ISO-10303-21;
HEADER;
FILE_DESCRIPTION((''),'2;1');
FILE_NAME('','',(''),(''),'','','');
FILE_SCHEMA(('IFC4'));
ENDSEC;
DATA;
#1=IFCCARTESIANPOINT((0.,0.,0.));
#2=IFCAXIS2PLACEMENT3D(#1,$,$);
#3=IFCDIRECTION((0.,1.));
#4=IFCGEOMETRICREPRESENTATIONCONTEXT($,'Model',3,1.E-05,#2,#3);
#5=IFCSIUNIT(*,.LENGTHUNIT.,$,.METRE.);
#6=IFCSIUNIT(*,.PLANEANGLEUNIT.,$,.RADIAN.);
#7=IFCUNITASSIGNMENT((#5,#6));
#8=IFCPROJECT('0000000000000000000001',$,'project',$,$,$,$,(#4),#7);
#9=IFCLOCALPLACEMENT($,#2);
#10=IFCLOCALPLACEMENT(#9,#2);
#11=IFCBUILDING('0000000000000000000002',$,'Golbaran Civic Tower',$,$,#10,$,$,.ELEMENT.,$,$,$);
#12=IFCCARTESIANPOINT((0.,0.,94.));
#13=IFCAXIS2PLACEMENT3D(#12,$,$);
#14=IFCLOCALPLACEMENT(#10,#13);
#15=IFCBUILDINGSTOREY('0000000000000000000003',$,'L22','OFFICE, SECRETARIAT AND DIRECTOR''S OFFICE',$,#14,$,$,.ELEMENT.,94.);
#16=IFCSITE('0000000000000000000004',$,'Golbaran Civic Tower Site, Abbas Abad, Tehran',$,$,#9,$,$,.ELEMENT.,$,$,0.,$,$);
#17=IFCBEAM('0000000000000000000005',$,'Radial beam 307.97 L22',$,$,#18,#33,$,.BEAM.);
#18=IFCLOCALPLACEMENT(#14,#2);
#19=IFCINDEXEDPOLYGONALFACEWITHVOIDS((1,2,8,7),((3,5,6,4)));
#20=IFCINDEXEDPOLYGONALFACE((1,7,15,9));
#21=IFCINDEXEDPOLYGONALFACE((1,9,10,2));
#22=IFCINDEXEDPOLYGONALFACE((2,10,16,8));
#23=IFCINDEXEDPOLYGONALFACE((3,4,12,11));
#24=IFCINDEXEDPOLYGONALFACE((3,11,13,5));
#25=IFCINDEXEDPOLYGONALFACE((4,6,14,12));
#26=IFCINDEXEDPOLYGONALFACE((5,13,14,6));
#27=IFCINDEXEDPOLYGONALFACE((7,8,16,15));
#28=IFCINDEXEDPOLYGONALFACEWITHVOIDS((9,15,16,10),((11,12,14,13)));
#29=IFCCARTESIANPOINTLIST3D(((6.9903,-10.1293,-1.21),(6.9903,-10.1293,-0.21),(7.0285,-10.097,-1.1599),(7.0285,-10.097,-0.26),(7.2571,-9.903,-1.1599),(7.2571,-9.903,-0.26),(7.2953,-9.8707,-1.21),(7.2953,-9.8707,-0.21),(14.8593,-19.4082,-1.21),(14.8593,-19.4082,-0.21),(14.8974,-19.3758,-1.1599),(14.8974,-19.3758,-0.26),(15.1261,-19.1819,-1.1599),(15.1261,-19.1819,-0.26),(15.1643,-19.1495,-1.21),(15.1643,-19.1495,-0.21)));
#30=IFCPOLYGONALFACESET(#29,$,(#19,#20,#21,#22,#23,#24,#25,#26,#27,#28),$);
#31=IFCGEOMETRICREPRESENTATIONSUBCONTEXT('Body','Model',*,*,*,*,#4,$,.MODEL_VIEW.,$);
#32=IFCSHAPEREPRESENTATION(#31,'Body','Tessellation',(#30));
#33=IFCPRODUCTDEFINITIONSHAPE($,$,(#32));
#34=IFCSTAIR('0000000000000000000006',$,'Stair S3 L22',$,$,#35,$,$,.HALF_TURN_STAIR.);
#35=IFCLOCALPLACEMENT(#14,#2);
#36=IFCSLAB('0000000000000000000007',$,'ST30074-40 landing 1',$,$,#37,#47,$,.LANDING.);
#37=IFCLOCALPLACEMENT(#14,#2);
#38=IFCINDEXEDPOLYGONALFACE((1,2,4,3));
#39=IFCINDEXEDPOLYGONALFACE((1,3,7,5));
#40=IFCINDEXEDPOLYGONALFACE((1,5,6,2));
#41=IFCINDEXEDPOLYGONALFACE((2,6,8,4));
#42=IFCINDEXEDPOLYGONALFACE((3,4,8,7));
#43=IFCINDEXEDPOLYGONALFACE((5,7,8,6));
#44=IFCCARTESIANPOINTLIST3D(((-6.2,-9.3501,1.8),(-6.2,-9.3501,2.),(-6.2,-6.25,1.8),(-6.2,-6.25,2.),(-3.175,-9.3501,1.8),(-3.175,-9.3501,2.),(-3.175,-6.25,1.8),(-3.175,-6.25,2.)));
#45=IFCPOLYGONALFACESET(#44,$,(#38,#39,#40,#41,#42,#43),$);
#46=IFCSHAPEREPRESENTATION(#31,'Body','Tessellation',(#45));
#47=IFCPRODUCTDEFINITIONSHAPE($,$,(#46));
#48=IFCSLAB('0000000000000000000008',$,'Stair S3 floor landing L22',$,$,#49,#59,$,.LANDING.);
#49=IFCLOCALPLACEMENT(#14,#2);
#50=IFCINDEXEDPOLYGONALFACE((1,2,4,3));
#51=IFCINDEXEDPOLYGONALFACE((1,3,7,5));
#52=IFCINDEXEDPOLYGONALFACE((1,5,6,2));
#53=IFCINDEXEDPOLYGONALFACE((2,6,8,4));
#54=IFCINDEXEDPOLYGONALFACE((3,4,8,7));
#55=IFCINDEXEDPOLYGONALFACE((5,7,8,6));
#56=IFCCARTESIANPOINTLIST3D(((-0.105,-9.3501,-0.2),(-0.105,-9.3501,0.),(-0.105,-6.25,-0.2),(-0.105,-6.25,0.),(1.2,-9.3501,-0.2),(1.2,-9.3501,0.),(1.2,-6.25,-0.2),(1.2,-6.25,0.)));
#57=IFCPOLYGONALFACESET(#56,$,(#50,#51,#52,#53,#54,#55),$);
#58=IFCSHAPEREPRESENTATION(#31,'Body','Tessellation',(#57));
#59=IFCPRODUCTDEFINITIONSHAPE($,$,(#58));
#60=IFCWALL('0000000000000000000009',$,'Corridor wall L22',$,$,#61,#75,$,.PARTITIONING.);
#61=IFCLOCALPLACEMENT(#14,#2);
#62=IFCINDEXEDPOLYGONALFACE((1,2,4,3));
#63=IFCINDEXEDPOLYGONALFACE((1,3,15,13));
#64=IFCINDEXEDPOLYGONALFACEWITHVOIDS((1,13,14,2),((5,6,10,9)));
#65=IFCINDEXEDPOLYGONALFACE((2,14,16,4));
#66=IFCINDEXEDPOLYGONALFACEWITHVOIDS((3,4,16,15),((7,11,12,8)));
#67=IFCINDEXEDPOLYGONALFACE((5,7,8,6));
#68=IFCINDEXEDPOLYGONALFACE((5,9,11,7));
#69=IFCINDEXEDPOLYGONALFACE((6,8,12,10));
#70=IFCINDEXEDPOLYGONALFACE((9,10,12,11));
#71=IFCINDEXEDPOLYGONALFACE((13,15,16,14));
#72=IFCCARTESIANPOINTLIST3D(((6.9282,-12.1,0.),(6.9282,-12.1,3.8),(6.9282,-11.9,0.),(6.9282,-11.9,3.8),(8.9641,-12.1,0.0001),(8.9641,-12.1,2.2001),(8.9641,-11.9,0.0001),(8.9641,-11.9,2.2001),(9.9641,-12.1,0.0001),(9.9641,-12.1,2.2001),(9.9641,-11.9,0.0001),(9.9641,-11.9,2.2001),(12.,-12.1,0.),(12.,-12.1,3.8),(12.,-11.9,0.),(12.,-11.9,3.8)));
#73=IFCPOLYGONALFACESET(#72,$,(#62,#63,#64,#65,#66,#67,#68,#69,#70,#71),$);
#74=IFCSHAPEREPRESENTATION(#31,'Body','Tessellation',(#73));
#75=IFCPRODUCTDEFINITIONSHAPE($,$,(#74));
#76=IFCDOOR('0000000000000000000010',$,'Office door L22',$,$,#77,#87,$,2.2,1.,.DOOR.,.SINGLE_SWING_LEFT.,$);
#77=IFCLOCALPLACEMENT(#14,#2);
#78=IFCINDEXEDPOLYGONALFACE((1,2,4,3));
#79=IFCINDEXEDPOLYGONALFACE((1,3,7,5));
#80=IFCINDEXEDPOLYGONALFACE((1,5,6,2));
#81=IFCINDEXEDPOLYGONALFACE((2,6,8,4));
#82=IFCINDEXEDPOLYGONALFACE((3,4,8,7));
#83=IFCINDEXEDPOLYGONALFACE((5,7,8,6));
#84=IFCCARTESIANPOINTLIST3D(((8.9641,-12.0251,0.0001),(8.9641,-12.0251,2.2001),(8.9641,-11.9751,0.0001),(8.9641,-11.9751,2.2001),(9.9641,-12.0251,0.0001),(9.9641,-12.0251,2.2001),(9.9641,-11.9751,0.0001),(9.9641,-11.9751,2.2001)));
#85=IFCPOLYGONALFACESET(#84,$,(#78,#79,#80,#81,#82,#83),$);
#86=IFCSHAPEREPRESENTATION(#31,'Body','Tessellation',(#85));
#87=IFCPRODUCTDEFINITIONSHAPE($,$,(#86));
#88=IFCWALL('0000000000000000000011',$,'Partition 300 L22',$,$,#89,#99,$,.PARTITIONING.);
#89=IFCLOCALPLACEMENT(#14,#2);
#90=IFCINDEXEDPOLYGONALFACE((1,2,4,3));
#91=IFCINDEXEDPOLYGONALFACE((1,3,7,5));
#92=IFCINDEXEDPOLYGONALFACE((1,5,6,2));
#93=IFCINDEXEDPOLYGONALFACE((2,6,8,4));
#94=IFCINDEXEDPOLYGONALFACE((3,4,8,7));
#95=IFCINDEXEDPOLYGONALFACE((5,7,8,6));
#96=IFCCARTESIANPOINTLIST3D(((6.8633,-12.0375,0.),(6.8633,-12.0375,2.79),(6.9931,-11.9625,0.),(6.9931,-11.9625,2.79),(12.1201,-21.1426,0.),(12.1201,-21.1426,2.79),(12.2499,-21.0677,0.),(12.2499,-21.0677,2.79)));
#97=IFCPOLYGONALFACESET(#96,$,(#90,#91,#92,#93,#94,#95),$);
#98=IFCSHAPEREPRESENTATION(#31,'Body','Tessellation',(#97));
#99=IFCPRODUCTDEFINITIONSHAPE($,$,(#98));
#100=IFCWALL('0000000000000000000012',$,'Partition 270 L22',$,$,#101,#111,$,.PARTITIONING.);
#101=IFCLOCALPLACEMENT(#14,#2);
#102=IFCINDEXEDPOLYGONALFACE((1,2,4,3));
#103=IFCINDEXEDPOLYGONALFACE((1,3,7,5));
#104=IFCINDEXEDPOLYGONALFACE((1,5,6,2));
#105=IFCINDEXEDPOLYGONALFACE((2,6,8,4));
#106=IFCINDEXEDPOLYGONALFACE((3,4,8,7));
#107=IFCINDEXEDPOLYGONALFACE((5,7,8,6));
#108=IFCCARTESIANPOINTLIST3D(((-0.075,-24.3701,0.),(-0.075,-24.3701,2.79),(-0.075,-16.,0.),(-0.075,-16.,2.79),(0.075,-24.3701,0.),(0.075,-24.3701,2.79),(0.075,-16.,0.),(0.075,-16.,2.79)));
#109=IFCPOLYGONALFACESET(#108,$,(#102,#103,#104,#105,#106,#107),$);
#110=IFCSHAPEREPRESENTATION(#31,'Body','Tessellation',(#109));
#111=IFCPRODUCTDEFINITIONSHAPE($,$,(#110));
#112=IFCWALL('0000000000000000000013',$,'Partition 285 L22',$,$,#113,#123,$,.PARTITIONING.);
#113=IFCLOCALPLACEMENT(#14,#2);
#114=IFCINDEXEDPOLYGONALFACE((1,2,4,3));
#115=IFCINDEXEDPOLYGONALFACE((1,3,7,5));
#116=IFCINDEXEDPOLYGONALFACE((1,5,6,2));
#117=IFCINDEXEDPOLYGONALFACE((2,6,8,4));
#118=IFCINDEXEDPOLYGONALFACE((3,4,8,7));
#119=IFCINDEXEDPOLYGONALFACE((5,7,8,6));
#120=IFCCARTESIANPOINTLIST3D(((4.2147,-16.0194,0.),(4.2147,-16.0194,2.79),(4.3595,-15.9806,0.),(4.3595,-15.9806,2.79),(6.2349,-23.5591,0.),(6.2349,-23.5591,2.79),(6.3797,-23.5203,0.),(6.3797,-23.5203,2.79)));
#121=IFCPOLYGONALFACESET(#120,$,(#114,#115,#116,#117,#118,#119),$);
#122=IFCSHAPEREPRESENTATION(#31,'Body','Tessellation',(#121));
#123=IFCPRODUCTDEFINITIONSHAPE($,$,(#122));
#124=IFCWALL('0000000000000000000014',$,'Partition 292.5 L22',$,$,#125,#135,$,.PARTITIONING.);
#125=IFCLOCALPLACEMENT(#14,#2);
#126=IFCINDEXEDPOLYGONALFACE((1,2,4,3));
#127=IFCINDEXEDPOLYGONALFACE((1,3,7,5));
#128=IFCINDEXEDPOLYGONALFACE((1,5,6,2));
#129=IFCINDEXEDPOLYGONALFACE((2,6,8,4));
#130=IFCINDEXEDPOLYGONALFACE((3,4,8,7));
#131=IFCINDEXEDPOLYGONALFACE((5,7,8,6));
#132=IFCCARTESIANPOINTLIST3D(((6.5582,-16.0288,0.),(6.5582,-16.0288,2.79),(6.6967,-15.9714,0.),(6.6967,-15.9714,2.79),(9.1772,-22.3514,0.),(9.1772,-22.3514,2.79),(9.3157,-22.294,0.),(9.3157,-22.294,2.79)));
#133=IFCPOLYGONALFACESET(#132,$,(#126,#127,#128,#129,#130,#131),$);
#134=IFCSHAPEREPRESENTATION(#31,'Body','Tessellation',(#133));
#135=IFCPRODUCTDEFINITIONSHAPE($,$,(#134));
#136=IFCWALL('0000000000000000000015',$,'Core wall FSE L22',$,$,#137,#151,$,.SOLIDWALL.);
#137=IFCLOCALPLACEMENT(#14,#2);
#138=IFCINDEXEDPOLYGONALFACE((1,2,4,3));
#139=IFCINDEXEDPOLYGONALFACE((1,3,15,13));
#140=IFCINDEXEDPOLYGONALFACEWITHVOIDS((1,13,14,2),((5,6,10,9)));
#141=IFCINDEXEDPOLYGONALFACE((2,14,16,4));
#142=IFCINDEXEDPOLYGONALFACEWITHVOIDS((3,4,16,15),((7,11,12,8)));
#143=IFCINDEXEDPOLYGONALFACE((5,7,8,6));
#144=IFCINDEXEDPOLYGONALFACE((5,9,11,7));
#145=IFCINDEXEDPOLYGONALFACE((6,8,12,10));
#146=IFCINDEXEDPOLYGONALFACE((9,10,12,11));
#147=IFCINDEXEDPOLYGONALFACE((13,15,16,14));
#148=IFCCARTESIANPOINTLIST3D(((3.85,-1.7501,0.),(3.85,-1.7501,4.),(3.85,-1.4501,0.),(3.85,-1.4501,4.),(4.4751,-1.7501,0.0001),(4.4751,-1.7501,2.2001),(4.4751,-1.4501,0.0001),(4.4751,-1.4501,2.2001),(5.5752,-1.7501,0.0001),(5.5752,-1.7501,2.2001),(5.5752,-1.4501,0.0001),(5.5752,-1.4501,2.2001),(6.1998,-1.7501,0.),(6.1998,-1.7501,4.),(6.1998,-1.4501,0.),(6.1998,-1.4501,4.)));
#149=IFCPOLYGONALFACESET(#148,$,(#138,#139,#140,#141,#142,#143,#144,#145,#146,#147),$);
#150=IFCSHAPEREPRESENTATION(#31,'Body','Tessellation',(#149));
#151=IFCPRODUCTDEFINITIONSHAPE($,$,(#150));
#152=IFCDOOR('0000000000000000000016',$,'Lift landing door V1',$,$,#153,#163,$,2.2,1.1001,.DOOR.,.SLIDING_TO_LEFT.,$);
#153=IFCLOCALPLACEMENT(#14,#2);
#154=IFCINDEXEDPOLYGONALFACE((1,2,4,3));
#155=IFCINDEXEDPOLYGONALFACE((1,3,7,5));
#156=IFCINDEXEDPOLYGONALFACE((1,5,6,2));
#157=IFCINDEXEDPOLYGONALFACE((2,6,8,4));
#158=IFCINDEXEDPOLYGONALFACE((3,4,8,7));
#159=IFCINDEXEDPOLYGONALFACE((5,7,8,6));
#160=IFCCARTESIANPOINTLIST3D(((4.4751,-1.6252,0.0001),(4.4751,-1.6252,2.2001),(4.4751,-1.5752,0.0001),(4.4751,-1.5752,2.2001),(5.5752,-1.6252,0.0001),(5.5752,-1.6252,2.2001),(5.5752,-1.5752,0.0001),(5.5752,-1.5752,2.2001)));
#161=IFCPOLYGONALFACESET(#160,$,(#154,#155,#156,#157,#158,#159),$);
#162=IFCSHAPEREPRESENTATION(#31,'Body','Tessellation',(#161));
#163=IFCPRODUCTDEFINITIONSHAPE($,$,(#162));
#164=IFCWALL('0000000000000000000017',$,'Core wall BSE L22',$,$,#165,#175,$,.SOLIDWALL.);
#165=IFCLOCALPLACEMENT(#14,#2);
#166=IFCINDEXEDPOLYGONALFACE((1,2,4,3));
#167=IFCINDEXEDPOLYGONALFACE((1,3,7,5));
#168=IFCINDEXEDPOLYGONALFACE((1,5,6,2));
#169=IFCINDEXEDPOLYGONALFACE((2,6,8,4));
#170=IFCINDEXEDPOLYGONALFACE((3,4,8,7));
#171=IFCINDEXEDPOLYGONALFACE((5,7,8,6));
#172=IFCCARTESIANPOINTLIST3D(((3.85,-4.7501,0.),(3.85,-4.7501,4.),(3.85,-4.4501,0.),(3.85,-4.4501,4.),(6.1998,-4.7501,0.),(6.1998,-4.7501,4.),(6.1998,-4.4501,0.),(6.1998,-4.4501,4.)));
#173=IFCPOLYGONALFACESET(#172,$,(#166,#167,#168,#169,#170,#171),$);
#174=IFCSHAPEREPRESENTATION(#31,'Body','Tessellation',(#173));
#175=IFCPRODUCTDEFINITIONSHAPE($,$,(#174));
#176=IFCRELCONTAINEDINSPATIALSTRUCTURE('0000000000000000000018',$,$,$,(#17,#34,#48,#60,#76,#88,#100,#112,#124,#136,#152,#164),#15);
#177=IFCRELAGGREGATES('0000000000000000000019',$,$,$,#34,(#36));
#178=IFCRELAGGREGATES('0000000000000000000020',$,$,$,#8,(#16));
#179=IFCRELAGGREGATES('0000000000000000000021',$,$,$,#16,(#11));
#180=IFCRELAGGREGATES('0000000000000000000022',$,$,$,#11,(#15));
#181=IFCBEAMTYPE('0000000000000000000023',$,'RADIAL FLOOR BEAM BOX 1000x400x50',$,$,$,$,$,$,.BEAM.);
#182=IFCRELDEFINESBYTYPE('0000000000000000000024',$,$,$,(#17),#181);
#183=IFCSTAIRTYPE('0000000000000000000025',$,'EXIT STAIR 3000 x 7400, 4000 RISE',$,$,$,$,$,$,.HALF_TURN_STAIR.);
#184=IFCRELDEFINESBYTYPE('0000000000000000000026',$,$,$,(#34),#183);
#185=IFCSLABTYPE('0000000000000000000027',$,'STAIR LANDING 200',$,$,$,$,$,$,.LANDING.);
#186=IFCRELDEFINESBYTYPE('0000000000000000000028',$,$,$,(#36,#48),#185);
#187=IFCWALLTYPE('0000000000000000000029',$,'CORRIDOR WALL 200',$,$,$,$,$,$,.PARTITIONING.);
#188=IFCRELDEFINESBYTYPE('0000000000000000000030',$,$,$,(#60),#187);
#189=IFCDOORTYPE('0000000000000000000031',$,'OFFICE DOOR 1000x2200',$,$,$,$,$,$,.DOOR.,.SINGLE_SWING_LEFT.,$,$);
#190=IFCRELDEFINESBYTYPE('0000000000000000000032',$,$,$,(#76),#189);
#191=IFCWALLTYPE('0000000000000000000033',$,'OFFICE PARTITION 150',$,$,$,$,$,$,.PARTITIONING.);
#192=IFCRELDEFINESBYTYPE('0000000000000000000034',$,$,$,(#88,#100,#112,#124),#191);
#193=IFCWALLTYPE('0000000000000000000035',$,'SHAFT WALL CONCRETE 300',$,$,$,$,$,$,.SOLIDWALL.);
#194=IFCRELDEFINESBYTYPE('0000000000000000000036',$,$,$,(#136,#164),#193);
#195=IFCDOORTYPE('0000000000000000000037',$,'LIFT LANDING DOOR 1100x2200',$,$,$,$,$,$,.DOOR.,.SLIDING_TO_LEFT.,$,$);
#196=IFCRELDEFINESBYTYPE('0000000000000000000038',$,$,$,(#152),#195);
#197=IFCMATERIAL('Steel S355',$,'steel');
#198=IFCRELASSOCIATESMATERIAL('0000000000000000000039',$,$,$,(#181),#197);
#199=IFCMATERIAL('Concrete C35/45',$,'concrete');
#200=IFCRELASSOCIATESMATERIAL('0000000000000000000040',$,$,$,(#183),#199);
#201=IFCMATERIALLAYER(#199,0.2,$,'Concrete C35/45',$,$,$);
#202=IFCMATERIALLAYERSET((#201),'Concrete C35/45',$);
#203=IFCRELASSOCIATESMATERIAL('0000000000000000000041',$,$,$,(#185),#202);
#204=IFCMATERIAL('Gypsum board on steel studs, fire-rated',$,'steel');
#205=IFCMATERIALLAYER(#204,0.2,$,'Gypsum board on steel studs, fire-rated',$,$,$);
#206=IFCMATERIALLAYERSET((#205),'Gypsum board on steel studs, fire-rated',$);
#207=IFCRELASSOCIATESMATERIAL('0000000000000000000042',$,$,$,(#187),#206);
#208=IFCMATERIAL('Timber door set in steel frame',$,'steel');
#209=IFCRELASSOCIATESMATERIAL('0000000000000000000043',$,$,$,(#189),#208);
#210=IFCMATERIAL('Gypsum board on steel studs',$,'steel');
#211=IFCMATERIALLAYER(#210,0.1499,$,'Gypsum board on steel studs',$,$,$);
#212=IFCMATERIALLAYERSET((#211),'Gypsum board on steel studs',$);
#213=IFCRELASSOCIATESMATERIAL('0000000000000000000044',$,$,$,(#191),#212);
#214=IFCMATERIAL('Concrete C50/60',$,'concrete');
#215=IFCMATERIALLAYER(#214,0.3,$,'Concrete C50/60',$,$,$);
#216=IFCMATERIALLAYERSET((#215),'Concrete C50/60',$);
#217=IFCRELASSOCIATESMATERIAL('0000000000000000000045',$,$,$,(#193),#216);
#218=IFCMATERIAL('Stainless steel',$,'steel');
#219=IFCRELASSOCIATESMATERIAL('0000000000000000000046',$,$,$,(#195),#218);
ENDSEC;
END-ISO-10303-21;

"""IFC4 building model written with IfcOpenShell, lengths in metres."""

from ifc_helpers import new_model, si_unit, direction, frame, frame_2d, origin, origin_2d, place, context, subcontext, project, spatial, polyline, rectangle, hollow_rectangle, outline, extrude, material, layer, layer_set, material_profile, profile_set, type_object, element, fill, aggregate, save


model = new_model("IFC4")

# Units and contexts
model_context = context("Model", 3, precision=1e-05, world=origin(), true_north=direction((0.0, 1.0)))
body_context = subcontext(model_context, "Body", "Model", "MODEL_VIEW")
ifc_project = project(units=[si_unit("LENGTHUNIT", "METRE"), si_unit("PLANEANGLEUNIT", "RADIAN")], contexts=[model_context])

# Site, building, storey
site_placement = place(None, origin())
site = spatial("IfcSite", under=ifc_project, at=site_placement, Name="Golbaran Civic Tower Site, Abbas Abad, Tehran", CompositionType="ELEMENT", RefElevation=0.0)
building_placement = place(site_placement, origin())
building = spatial("IfcBuilding", under=site, at=building_placement, Name="Golbaran Civic Tower", CompositionType="ELEMENT")
storey_placement = place(building_placement, frame((0.0, 0.0, 94.0)))
storey = spatial("IfcBuildingStorey", under=building, at=storey_placement, Name="L22", Description="OFFICE, SECRETARIAT AND DIRECTOR'S OFFICE", CompositionType="ELEMENT", Elevation=94.0)

# Beam
ifc_material_1 = material(Name="Steel S355", Category="steel")
ifc_material_profile_1 = material_profile(ifc_material_1, hollow_rectangle(XDim=0.3999, YDim=1.0, WallThickness=0.05, at=origin_2d()), Name="BOX 1000x400x50")
ifc_profile_set_1 = profile_set([ifc_material_profile_1], Name="Steel S355")
beam_type_1 = type_object("IfcBeamType", Name="RADIAL FLOOR BEAM BOX 1000x400x50", PredefinedType="BEAM", material=ifc_profile_set_1)
beam_1_placement = place(storey_placement, frame((7.1428, -10.0, -0.71), z_axis=(0.646785, -0.762673, 0.0), x_axis=(0.762673, 0.646785, 0.0)))
element("IfcBeam", 1, at=beam_1_placement, inside=storey, type_object=beam_type_1, Name="Radial beam 307.97 L22", PredefinedType="BEAM", context=body_context, shape_type="SweptSolid", body=[
    extrude(hollow_rectangle(XDim=0.3999, YDim=1.0, WallThickness=0.05, at=origin_2d()), origin(), (0.0, 0.0, 1.0), 12.1663),
])

# Stair, slab
ifc_material_2 = material(Name="Concrete C35/45", Category="concrete")
stair_type_1 = type_object("IfcStairType", Name="EXIT STAIR 3000 x 7400, 4000 RISE", PredefinedType="HALF_TURN_STAIR", material=ifc_material_2)
stair_1_placement = place(storey_placement, origin())
stair_1 = element("IfcStair", 2, at=stair_1_placement, inside=storey, type_object=stair_type_1, Name="Stair S3 L22", PredefinedType="HALF_TURN_STAIR")
ifc_layer_1 = layer(ifc_material_2, 0.2, Name="Concrete C35/45")
ifc_layer_set_1 = layer_set([ifc_layer_1], Name="Concrete C35/45")
slab_type = type_object("IfcSlabType", Name="STAIR LANDING 200", PredefinedType="LANDING", material=ifc_layer_set_1)
slab_1_placement = place(storey_placement, frame((0.0, 0.0, 1.8)))
slab_1 = element("IfcSlab", 3, at=slab_1_placement, type_object=slab_type, Name="ST30074-40 landing 1", PredefinedType="LANDING", context=body_context, shape_type="SweptSolid", body=[
    extrude(outline(polyline([(-3.175, -9.3501), (-6.2, -9.3501), (-6.2, -6.25), (-3.175, -6.25), (-3.175, -9.3501)])), origin(), (0.0, 0.0, 1.0), 0.2),
])
aggregate(stair_1, [slab_1])

# Slab
slab_2_placement = place(storey_placement, frame((0.0, 0.0, -0.2)))
element("IfcSlab", 4, at=slab_2_placement, inside=storey, type_object=slab_type, Name="Stair S3 floor landing L22", PredefinedType="LANDING", context=body_context, shape_type="SweptSolid", body=[
    extrude(outline(polyline([(1.2, -9.3501), (-0.105, -9.3501), (-0.105, -6.25), (1.2, -6.25), (1.2, -9.3501)])), origin(), (0.0, 0.0, 1.0), 0.2),
])

# Wall, opening, door
ifc_material_3 = material(Name="Gypsum board on steel studs, fire-rated", Category="steel")
ifc_layer_2 = layer(ifc_material_3, 0.2, Name="Gypsum board on steel studs, fire-rated")
ifc_layer_set_2 = layer_set([ifc_layer_2], Name="Gypsum board on steel studs, fire-rated")
wall_type_1 = type_object("IfcWallType", Name="CORRIDOR WALL 200", PredefinedType="PARTITIONING", material=ifc_layer_set_2)
wall_1_placement = place(storey_placement, frame((6.9282, -12.0, 0.0), z_axis=(0.0, 0.0, 1.0), x_axis=(1.0, 0.0, 0.0)))
wall_1 = element("IfcWall", 5, at=wall_1_placement, inside=storey, type_object=wall_type_1, Name="Corridor wall L22", PredefinedType="PARTITIONING", context=body_context, shape_type="SweptSolid", body=[
    extrude(rectangle(XDim=5.0718, YDim=0.2, at=frame_2d((2.5359, 0.0))), origin(), (0.0, 0.0, 1.0), 3.8),
])
opening_1_placement = place(wall_1_placement, frame((2.0359, 0.0, 0.0)))
opening_1 = element("IfcOpeningElement", 6, at=opening_1_placement, cuts=wall_1, PredefinedType="OPENING", context=body_context, shape_type="SweptSolid", body=[
    extrude(rectangle(XDim=1.0, YDim=2.2, at=frame_2d((0.5, 1.1001))), frame((0.0, 0.1099, 0.0), z_axis=(0.0, -1.0, 0.0), x_axis=(1.0, 0.0, 0.0)), (0.0, 0.0, 1.0), 0.22),
])
ifc_material_4 = material(Name="Timber door set in steel frame", Category="steel")
door_type_1 = type_object("IfcDoorType", Name="OFFICE DOOR 1000x2200", OperationType="SINGLE_SWING_LEFT", PredefinedType="DOOR", material=ifc_material_4)
door_1_placement = place(opening_1_placement, origin())
door_1 = element("IfcDoor", 7, at=door_1_placement, inside=storey, type_object=door_type_1, Name="Office door L22", OperationType="SINGLE_SWING_LEFT", OverallHeight=2.2, OverallWidth=1.0, PredefinedType="DOOR", context=body_context, shape_type="SweptSolid", body=[
    extrude(rectangle(XDim=1.0, YDim=2.2, at=frame_2d((0.5, 1.1001))), frame((0.0, 0.0249, 0.0), z_axis=(0.0, -1.0, 0.0), x_axis=(1.0, 0.0, 0.0)), (0.0, 0.0, 1.0), 0.05),
])
fill(opening_1, door_1)

# Walls
ifc_material_5 = material(Name="Gypsum board on steel studs", Category="steel")
ifc_layer_3 = layer(ifc_material_5, 0.1499, Name="Gypsum board on steel studs")
ifc_layer_set_3 = layer_set([ifc_layer_3], Name="Gypsum board on steel studs")
wall_type_2 = type_object("IfcWallType", Name="OFFICE PARTITION 150", PredefinedType="PARTITIONING", material=ifc_layer_set_3)
wall_2_placement = place(storey_placement, frame((6.9282, -12.0, 0.0), z_axis=(0.0, 0.0, 1.0), x_axis=(0.499995, -0.866028, 0.0)))
element("IfcWall", 8, at=wall_2_placement, inside=storey, type_object=wall_type_2, Name="Partition 300 L22", PredefinedType="PARTITIONING", context=body_context, shape_type="SweptSolid", body=[
    extrude(rectangle(XDim=10.5137, YDim=0.1499, at=frame_2d((5.2568, 0.0))), origin(), (0.0, 0.0, 1.0), 2.79),
])
wall_3_placement = place(storey_placement, frame((0.0, -16.0, 0.0), z_axis=(0.0, 0.0, 1.0), x_axis=(0.0, -1.0, 0.0)))
element("IfcWall", 9, at=wall_3_placement, inside=storey, type_object=wall_type_2, Name="Partition 270 L22", PredefinedType="PARTITIONING", context=body_context, shape_type="SweptSolid", body=[
    extrude(rectangle(XDim=8.3701, YDim=0.1499, at=frame_2d((4.1851, 0.0))), origin(), (0.0, 0.0, 1.0), 2.79),
])
wall_4_placement = place(storey_placement, frame((4.2871, -16.0, 0.0), z_axis=(0.0, 0.0, 1.0), x_axis=(0.258817, -0.965926, 0.0)))
element("IfcWall", 10, at=wall_4_placement, inside=storey, type_object=wall_type_2, Name="Partition 285 L22", PredefinedType="PARTITIONING", context=body_context, shape_type="SweptSolid", body=[
    extrude(rectangle(XDim=7.8057, YDim=0.1499, at=frame_2d((3.9028, 0.0))), origin(), (0.0, 0.0, 1.0), 2.79),
])
wall_5_placement = place(storey_placement, frame((6.6274, -16.0, 0.0), z_axis=(0.0, 0.0, 1.0), x_axis=(0.382687, -0.923878, 0.0)))
element("IfcWall", 11, at=wall_5_placement, inside=storey, type_object=wall_type_2, Name="Partition 292.5 L22", PredefinedType="PARTITIONING", context=body_context, shape_type="SweptSolid", body=[
    extrude(rectangle(XDim=6.8435, YDim=0.1499, at=frame_2d((3.4219, 0.0))), origin(), (0.0, 0.0, 1.0), 2.79),
])

# Wall, opening, door
ifc_material_6 = material(Name="Concrete C50/60", Category="concrete")
ifc_layer_4 = layer(ifc_material_6, 0.3, Name="Concrete C50/60")
ifc_layer_set_4 = layer_set([ifc_layer_4], Name="Concrete C50/60")
wall_type_3 = type_object("IfcWallType", Name="SHAFT WALL CONCRETE 300", PredefinedType="SOLIDWALL", material=ifc_layer_set_4)
wall_6_placement = place(storey_placement, frame((3.8501, -1.6001, 0.0), z_axis=(0.0, 0.0, 1.0), x_axis=(1.0, 0.0, 0.0)))
wall_6 = element("IfcWall", 12, at=wall_6_placement, inside=storey, type_object=wall_type_3, Name="Core wall FSE L22", PredefinedType="SOLIDWALL", context=body_context, shape_type="SweptSolid", body=[
    extrude(rectangle(XDim=2.3499, YDim=0.3, at=frame_2d((1.1748, 0.0))), origin(), (0.0, 0.0, 1.0), 4.0),
])
opening_2_placement = place(wall_6_placement, frame((0.625, 0.0, 0.0)))
opening_2 = element("IfcOpeningElement", 13, at=opening_2_placement, cuts=wall_6, PredefinedType="OPENING", context=body_context, shape_type="SweptSolid", body=[
    extrude(rectangle(XDim=1.1001, YDim=2.2, at=frame_2d((0.55, 1.1001))), frame((0.0, 0.1599, 0.0), z_axis=(0.0, -1.0, 0.0), x_axis=(1.0, 0.0, 0.0)), (0.0, 0.0, 1.0), 0.3201),
])
ifc_material_7 = material(Name="Stainless steel", Category="steel")
door_type_2 = type_object("IfcDoorType", Name="LIFT LANDING DOOR 1100x2200", OperationType="SLIDING_TO_LEFT", PredefinedType="DOOR", material=ifc_material_7)
door_2_placement = place(opening_2_placement, origin())
door_2 = element("IfcDoor", 14, at=door_2_placement, inside=storey, type_object=door_type_2, Name="Lift landing door V1", OperationType="SLIDING_TO_LEFT", OverallHeight=2.2, OverallWidth=1.1001, PredefinedType="DOOR", context=body_context, shape_type="SweptSolid", body=[
    extrude(rectangle(XDim=1.1001, YDim=2.2, at=frame_2d((0.55, 1.1001))), frame((0.0, 0.0249, 0.0), z_axis=(0.0, -1.0, 0.0), x_axis=(1.0, 0.0, 0.0)), (0.0, 0.0, 1.0), 0.05),
])
fill(opening_2, door_2)

# Wall
wall_7_placement = place(storey_placement, frame((3.8501, -4.6001, 0.0), z_axis=(0.0, 0.0, 1.0), x_axis=(1.0, 0.0, 0.0)))
element("IfcWall", 15, at=wall_7_placement, inside=storey, type_object=wall_type_3, Name="Core wall BSE L22", PredefinedType="SOLIDWALL", context=body_context, shape_type="SweptSolid", body=[
    extrude(rectangle(XDim=2.3499, YDim=0.3, at=frame_2d((1.1748, 0.0))), origin(), (0.0, 0.0, 1.0), 4.0),
])

save(model, "model.ifc")
